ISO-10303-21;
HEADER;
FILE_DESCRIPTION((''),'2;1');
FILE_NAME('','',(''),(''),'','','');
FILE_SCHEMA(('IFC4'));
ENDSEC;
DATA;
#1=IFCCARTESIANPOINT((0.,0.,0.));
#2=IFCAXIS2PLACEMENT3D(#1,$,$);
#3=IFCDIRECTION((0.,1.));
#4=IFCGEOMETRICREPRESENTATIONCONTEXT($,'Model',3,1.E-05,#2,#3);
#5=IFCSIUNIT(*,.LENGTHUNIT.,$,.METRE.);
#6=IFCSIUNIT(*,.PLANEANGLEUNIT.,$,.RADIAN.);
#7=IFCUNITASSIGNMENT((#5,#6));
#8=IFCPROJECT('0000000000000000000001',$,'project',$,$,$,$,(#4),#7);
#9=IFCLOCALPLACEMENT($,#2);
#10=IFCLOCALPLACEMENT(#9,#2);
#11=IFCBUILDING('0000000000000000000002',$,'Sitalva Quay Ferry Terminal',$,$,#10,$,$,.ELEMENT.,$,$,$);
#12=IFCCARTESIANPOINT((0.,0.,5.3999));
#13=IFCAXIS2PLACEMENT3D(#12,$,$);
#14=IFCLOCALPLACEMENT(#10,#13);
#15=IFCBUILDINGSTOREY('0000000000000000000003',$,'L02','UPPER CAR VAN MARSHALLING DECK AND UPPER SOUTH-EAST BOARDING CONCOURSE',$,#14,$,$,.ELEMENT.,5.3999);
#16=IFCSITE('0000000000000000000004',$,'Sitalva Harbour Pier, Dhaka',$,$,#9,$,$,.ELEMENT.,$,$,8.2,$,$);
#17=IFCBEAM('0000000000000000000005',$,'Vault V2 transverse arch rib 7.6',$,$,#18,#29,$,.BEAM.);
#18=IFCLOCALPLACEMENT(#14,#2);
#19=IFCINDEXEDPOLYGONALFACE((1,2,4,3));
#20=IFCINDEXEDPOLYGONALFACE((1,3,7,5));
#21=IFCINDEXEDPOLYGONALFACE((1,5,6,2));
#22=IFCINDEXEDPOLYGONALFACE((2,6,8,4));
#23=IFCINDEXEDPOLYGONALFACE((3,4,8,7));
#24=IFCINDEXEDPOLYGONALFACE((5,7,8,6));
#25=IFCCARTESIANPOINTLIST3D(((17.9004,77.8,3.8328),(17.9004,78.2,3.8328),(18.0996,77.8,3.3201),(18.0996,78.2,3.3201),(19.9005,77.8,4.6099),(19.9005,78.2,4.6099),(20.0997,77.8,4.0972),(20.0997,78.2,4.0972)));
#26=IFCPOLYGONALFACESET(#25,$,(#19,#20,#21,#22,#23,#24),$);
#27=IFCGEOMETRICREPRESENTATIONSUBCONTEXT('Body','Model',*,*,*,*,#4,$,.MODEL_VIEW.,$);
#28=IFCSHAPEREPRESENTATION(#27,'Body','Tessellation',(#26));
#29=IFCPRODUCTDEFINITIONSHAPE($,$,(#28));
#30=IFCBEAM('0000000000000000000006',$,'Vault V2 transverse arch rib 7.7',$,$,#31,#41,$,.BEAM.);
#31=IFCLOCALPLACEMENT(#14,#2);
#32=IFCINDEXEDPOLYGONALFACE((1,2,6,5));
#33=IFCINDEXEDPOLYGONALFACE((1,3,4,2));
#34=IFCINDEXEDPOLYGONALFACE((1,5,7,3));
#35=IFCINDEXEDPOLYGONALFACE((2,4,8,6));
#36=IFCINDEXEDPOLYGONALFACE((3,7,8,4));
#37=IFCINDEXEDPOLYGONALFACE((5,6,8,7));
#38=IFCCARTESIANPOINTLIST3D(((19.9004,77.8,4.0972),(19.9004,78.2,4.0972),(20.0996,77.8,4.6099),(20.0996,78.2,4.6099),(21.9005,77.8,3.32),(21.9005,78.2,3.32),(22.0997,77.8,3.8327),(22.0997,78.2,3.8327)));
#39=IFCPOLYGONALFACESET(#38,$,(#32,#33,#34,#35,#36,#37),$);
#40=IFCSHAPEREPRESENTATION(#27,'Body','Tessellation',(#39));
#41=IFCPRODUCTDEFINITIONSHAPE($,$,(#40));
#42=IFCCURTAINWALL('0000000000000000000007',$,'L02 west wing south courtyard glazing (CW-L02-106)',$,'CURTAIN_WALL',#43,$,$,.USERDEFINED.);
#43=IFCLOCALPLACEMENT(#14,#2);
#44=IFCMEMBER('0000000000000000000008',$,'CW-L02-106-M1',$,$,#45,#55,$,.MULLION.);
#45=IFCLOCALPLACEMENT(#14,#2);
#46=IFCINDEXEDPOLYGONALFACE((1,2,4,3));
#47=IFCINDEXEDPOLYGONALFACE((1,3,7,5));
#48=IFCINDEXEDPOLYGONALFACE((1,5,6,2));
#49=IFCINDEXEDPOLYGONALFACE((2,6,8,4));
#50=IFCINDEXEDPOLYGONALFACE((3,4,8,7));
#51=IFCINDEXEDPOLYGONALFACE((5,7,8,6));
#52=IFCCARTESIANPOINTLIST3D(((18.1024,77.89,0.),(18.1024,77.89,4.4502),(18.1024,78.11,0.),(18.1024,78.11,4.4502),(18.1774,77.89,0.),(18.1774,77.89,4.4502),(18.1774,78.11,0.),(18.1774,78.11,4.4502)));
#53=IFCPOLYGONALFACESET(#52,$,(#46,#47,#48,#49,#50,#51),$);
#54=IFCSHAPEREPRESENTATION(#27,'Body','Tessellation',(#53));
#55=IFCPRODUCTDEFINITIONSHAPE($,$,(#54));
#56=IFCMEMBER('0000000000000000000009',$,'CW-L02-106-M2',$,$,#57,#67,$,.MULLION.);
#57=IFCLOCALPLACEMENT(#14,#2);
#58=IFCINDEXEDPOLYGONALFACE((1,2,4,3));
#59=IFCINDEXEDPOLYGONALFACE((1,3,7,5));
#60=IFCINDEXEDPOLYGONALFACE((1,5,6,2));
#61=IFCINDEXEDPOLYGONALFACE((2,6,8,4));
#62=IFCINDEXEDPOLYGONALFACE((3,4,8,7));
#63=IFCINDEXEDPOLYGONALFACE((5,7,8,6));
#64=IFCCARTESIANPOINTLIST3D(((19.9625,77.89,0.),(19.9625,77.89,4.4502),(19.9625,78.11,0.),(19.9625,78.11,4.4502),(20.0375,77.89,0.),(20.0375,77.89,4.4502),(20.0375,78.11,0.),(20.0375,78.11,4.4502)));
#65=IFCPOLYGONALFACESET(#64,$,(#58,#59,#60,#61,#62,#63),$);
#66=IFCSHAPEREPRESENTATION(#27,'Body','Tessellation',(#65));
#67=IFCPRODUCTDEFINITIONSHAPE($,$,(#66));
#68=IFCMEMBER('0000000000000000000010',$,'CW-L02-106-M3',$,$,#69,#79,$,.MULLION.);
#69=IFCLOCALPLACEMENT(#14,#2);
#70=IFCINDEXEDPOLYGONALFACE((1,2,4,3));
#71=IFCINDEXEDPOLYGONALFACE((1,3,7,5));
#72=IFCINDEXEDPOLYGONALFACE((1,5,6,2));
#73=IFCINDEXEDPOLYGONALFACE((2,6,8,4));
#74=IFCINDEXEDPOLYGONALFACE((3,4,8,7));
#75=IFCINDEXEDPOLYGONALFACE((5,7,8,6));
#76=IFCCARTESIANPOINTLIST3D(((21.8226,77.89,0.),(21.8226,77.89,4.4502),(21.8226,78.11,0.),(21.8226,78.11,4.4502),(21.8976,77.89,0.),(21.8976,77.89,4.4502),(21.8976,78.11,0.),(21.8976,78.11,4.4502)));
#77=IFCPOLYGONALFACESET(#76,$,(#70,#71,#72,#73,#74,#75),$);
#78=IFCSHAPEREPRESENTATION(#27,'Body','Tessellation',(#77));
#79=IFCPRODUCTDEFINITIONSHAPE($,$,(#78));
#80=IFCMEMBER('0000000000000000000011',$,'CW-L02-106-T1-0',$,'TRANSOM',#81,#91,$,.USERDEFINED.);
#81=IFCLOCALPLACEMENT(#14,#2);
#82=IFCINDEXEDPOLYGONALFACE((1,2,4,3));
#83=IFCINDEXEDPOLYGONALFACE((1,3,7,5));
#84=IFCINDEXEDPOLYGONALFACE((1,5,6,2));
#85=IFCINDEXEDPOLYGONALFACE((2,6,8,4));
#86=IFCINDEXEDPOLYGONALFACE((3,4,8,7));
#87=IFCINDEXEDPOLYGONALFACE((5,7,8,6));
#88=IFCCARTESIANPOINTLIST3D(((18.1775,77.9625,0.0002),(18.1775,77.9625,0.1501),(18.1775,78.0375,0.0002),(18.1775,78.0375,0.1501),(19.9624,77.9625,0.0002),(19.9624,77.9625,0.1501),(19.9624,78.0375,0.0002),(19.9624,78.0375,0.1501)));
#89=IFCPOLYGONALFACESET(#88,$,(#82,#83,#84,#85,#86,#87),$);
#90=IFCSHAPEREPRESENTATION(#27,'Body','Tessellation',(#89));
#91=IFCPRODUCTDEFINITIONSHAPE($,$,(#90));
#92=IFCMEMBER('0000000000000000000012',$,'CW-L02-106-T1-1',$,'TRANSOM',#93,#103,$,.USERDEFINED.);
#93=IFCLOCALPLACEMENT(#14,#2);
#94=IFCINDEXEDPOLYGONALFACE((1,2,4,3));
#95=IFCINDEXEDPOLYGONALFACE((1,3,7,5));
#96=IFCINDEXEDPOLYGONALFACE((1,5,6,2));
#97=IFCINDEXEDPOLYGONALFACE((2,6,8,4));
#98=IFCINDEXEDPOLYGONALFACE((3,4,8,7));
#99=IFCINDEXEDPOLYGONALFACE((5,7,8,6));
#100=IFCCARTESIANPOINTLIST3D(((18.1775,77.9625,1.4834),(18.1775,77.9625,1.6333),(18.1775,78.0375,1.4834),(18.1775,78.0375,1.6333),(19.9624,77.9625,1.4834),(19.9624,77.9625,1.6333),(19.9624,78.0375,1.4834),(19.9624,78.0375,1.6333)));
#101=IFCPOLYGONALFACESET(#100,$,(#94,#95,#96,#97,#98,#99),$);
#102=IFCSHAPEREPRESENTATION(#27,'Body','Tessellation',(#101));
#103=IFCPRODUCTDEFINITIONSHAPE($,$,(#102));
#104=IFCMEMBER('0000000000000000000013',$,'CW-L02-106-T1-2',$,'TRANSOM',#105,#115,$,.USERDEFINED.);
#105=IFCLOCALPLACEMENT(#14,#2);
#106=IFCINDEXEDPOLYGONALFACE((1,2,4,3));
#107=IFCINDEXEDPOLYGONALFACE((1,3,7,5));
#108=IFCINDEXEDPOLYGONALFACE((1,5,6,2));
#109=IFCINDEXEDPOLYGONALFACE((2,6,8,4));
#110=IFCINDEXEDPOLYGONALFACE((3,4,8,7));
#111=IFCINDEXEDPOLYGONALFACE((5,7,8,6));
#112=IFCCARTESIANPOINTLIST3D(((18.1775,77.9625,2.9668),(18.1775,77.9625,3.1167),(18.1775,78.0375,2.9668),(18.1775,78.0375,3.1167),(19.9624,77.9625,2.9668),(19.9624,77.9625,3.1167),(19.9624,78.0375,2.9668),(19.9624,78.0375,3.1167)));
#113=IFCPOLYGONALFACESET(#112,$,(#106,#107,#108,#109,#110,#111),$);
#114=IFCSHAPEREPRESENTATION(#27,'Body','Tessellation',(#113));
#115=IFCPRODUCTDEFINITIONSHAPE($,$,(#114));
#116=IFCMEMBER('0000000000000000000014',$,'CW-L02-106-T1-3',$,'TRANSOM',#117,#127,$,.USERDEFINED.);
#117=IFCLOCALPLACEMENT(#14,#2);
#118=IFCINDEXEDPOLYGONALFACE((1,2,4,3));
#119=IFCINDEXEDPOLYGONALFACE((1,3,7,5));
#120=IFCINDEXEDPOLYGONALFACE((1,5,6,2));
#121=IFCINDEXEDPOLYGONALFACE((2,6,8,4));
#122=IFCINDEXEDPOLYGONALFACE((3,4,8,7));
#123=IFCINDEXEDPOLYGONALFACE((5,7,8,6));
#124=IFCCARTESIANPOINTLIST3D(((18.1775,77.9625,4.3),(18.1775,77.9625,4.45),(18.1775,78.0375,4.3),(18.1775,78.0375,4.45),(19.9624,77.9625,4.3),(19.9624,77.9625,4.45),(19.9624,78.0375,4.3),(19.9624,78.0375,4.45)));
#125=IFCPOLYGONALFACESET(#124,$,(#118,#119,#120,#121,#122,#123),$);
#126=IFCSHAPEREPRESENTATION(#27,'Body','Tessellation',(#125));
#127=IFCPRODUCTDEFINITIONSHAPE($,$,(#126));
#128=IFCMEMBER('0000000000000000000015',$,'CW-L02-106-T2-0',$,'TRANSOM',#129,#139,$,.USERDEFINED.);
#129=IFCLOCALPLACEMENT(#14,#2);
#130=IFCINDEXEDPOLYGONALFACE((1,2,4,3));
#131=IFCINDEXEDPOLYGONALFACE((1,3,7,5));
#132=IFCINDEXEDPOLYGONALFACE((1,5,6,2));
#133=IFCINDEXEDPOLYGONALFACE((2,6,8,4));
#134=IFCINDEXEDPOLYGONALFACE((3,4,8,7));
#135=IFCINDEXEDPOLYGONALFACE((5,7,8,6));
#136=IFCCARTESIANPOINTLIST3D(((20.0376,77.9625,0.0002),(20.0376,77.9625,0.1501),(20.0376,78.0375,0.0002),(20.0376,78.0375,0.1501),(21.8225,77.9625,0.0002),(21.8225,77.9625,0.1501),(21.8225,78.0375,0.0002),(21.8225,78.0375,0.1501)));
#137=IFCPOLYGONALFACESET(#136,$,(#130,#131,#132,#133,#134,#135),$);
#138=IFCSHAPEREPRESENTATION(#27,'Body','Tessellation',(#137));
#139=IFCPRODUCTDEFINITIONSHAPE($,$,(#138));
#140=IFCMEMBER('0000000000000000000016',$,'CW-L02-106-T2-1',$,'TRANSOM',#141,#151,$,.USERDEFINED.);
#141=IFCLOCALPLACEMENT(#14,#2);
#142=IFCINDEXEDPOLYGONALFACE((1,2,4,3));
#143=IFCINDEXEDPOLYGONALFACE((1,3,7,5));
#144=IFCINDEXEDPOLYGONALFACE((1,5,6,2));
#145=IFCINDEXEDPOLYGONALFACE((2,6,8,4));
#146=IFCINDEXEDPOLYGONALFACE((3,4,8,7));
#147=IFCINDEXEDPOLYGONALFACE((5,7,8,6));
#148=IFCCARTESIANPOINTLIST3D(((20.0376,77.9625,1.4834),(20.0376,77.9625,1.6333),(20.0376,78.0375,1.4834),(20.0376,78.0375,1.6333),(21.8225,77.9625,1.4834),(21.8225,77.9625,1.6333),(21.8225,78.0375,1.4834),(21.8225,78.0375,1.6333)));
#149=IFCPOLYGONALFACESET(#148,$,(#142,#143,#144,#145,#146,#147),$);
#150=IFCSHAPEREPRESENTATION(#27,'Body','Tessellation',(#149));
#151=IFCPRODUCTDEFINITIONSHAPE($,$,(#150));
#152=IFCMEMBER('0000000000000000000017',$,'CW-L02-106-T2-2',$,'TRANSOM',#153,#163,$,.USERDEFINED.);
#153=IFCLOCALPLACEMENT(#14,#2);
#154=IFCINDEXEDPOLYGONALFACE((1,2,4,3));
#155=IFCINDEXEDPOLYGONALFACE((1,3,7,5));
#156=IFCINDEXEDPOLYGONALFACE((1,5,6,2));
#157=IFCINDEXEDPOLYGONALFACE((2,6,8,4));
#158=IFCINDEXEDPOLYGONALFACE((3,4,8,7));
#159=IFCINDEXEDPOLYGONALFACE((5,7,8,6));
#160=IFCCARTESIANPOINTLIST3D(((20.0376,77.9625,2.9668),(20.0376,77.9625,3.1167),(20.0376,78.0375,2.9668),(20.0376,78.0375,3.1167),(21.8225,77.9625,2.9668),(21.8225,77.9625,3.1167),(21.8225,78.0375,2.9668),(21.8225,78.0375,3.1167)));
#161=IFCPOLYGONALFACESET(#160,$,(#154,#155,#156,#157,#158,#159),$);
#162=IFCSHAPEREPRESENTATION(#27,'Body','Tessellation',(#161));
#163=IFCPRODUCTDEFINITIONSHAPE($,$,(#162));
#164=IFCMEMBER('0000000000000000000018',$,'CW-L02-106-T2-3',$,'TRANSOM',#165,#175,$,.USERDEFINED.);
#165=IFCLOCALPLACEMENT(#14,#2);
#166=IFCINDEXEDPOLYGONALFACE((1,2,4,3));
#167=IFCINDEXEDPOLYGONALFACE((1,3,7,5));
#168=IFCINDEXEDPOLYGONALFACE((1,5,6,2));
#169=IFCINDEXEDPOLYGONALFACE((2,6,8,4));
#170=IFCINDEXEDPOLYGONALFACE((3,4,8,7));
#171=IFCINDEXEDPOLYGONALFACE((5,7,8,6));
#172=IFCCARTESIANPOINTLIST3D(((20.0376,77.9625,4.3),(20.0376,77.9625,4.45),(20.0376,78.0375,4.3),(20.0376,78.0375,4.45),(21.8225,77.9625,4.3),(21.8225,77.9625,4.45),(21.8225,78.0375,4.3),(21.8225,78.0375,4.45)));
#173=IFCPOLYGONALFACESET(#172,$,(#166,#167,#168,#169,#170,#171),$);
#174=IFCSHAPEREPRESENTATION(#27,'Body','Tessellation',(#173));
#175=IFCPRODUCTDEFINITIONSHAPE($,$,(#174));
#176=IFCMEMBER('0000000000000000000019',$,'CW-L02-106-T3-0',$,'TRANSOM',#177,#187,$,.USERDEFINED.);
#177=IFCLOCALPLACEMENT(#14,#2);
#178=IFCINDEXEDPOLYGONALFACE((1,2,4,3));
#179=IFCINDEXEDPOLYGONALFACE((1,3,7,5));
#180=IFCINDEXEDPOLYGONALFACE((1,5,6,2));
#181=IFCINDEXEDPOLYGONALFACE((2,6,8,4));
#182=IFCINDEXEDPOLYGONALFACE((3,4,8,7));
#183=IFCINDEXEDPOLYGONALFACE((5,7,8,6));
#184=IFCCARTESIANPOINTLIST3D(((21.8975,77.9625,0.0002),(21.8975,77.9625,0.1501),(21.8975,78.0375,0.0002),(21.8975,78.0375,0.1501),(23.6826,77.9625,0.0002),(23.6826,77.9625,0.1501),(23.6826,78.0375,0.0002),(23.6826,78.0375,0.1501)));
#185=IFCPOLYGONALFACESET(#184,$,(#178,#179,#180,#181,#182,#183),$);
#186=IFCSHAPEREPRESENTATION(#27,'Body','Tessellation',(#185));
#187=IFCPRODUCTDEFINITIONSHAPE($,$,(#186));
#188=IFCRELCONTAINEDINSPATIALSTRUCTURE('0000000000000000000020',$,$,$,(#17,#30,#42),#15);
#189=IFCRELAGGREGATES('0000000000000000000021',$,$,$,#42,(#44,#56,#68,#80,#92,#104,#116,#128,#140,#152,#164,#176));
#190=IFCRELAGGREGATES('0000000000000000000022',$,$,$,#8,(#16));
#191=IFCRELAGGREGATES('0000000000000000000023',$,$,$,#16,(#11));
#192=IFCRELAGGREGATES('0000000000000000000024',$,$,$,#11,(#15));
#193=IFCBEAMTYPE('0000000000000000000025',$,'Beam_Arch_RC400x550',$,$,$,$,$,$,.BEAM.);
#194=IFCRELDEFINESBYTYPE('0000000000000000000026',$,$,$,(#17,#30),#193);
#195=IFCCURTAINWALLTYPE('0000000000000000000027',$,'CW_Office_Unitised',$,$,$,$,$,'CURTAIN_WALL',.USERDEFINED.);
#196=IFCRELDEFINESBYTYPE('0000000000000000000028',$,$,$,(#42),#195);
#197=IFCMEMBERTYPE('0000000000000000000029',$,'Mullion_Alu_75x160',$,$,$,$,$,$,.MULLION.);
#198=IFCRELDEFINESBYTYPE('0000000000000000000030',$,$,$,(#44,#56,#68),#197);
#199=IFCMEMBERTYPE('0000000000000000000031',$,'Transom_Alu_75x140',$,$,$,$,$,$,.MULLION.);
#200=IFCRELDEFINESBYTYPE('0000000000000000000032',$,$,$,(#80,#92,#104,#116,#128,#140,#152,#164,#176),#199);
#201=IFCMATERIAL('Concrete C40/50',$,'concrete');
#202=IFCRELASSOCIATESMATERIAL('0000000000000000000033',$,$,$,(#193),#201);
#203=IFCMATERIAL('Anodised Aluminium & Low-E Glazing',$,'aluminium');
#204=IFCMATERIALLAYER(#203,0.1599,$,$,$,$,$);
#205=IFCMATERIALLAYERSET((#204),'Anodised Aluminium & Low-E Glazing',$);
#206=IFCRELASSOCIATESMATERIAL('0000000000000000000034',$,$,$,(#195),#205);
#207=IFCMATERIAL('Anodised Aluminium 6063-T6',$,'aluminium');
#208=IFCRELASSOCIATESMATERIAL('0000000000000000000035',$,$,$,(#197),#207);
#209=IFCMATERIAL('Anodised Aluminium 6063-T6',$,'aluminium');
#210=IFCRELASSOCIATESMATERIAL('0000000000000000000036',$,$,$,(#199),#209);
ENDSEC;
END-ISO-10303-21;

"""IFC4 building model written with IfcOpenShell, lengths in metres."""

from ifc_helpers import new_model, si_unit, direction, frame, origin, origin_2d, place, context, subcontext, project, spatial, rectangle, extrude, material, layer, layer_set, material_profile, profile_set, type_object, element, aggregate, save


model = new_model("IFC4")

# Units and contexts
model_context = context("Model", 3, precision=1e-05, world=origin(), true_north=direction((0.0, 1.0)))
body_context = subcontext(model_context, "Body", "Model", "MODEL_VIEW")
ifc_project = project(units=[si_unit("LENGTHUNIT", "METRE"), si_unit("PLANEANGLEUNIT", "RADIAN")], contexts=[model_context])

# Site, building, storey
site_placement = place(None, origin())
site = spatial("IfcSite", under=ifc_project, at=site_placement, Name="Sitalva Harbour Pier, Dhaka", CompositionType="ELEMENT", RefElevation=8.2)
building_placement = place(site_placement, origin())
building = spatial("IfcBuilding", under=site, at=building_placement, Name="Sitalva Quay Ferry Terminal", CompositionType="ELEMENT")
storey_placement = place(building_placement, frame((0.0, 0.0, 5.3999)))
storey = spatial("IfcBuildingStorey", under=building, at=storey_placement, Name="L02", Description="UPPER CAR VAN MARSHALLING DECK AND UPPER SOUTH-EAST BOARDING CONCOURSE", CompositionType="ELEMENT", Elevation=5.3999)

# Beams
ifc_material_1 = material(Name="Concrete C40/50", Category="concrete")
ifc_material_profile_1 = material_profile(ifc_material_1, rectangle(XDim=0.3999, YDim=0.55, at=origin_2d()), Name="RC400x550")
ifc_profile_set_1 = profile_set([ifc_material_profile_1], Name="Concrete C40/50")
beam_type = type_object("IfcBeamType", Name="Beam_Arch_RC400x550", PredefinedType="BEAM", material=ifc_profile_set_1)
for number, where, z_axis, x_axis, name in (
    (1, (18.0, 78.0, 3.5764), (0.932111, 0.0, 0.362172), (0.0, 1.0, 0.0), "Vault V2 transverse arch rib 7.6"),
    (2, (20.0, 78.0, 4.3535), (0.932111, 0.0, -0.362172), (0.0, 1.0, 0.0), "Vault V2 transverse arch rib 7.7"),
):
    element("IfcBeam", number, at=place(storey_placement, frame(where, z_axis=z_axis, x_axis=x_axis)), inside=storey, type_object=beam_type, Name=name, PredefinedType="BEAM", context=body_context, shape_type="SweptSolid", body=[
        extrude(rectangle(XDim=0.3999, YDim=0.55, at=origin_2d()), origin(), (0.0, 0.0, 1.0), 2.1458),
    ])

# Curtain wall, members
ifc_material_2 = material(Name="Anodised Aluminium & Low-E Glazing", Category="aluminium")
ifc_layer_1 = layer(ifc_material_2, 0.1599)
ifc_layer_set_1 = layer_set([ifc_layer_1], Name="Anodised Aluminium & Low-E Glazing")
curtain_wall_type = type_object("IfcCurtainWallType", Name="CW_Office_Unitised", ElementType="CURTAIN_WALL", PredefinedType="USERDEFINED", material=ifc_layer_set_1)
curtain_wall_placement = place(storey_placement, origin())
curtain_wall = element("IfcCurtainWall", 3, at=curtain_wall_placement, inside=storey, type_object=curtain_wall_type, Name="L02 west wing south courtyard glazing (CW-L02-106)", ObjectType="CURTAIN_WALL", PredefinedType="USERDEFINED")
ifc_material_3 = material(Name="Anodised Aluminium 6063-T6", Category="aluminium")
ifc_material_profile_2 = material_profile(ifc_material_3, rectangle(XDim=0.075, YDim=0.22, at=origin_2d()), Name="ALU75x220")
ifc_profile_set_2 = profile_set([ifc_material_profile_2], Name="Anodised Aluminium 6063-T6")
member_type_1 = type_object("IfcMemberType", Name="Mullion_Alu_75x160", PredefinedType="MULLION", material=ifc_profile_set_2)
member_1_placement = place(storey_placement, frame((18.1399, 78.0, 0.0), z_axis=(0.0, 0.0, 1.0), x_axis=(1.0, 0.0, 0.0)))
member_1 = element("IfcMember", 4, at=member_1_placement, type_object=member_type_1, Name="CW-L02-106-M1", PredefinedType="MULLION", context=body_context, shape_type="SweptSolid", body=[
    extrude(rectangle(XDim=0.075, YDim=0.22, at=origin_2d()), origin(), (0.0, 0.0, 1.0), 4.4502),
])
member_2_placement = place(storey_placement, frame((20.0, 78.0, 0.0), z_axis=(0.0, 0.0, 1.0), x_axis=(1.0, 0.0, 0.0)))
member_2 = element("IfcMember", 5, at=member_2_placement, type_object=member_type_1, Name="CW-L02-106-M2", PredefinedType="MULLION", context=body_context, shape_type="SweptSolid", body=[
    extrude(rectangle(XDim=0.075, YDim=0.22, at=origin_2d()), origin(), (0.0, 0.0, 1.0), 4.4502),
])
member_3_placement = place(storey_placement, frame((21.8601, 78.0, 0.0), z_axis=(0.0, 0.0, 1.0), x_axis=(1.0, 0.0, 0.0)))
member_3 = element("IfcMember", 6, at=member_3_placement, type_object=member_type_1, Name="CW-L02-106-M3", PredefinedType="MULLION", context=body_context, shape_type="SweptSolid", body=[
    extrude(rectangle(XDim=0.075, YDim=0.22, at=origin_2d()), origin(), (0.0, 0.0, 1.0), 4.4502),
])
ifc_material_4 = material(Name="Anodised Aluminium 6063-T6", Category="aluminium")
ifc_material_profile_3 = material_profile(ifc_material_4, rectangle(XDim=0.075, YDim=0.1499, at=origin_2d()), Name="ALU75x150")
ifc_profile_set_3 = profile_set([ifc_material_profile_3], Name="Anodised Aluminium 6063-T6")
member_type_2 = type_object("IfcMemberType", Name="Transom_Alu_75x140", PredefinedType="MULLION", material=ifc_profile_set_3)
member_4_placement = place(storey_placement, frame((18.1775, 78.0, 0.0752), z_axis=(1.0, 0.0, 0.0), x_axis=(0.0, 1.0, 0.0)))
member_4 = element("IfcMember", 7, at=member_4_placement, type_object=member_type_2, Name="CW-L02-106-T1-0", ObjectType="TRANSOM", PredefinedType="USERDEFINED", context=body_context, shape_type="SweptSolid", body=[
    extrude(rectangle(XDim=0.075, YDim=0.1499, at=origin_2d()), origin(), (0.0, 0.0, 1.0), 1.7849),
])
member_5_placement = place(storey_placement, frame((18.1775, 78.0, 1.5583), z_axis=(1.0, 0.0, 0.0), x_axis=(0.0, 1.0, 0.0)))
member_5 = element("IfcMember", 8, at=member_5_placement, type_object=member_type_2, Name="CW-L02-106-T1-1", ObjectType="TRANSOM", PredefinedType="USERDEFINED", context=body_context, shape_type="SweptSolid", body=[
    extrude(rectangle(XDim=0.075, YDim=0.1499, at=origin_2d()), origin(), (0.0, 0.0, 1.0), 1.7849),
])
member_6_placement = place(storey_placement, frame((18.1775, 78.0, 3.0417), z_axis=(1.0, 0.0, 0.0), x_axis=(0.0, 1.0, 0.0)))
member_6 = element("IfcMember", 9, at=member_6_placement, type_object=member_type_2, Name="CW-L02-106-T1-2", ObjectType="TRANSOM", PredefinedType="USERDEFINED", context=body_context, shape_type="SweptSolid", body=[
    extrude(rectangle(XDim=0.075, YDim=0.1499, at=origin_2d()), origin(), (0.0, 0.0, 1.0), 1.7849),
])
member_7_placement = place(storey_placement, frame((18.1775, 78.0, 4.375), z_axis=(1.0, 0.0, 0.0), x_axis=(0.0, 1.0, 0.0)))
member_7 = element("IfcMember", 10, at=member_7_placement, type_object=member_type_2, Name="CW-L02-106-T1-3", ObjectType="TRANSOM", PredefinedType="USERDEFINED", context=body_context, shape_type="SweptSolid", body=[
    extrude(rectangle(XDim=0.075, YDim=0.1499, at=origin_2d()), origin(), (0.0, 0.0, 1.0), 1.7849),
])
member_8_placement = place(storey_placement, frame((20.0376, 78.0, 0.0752), z_axis=(1.0, 0.0, 0.0), x_axis=(0.0, 1.0, 0.0)))
member_8 = element("IfcMember", 11, at=member_8_placement, type_object=member_type_2, Name="CW-L02-106-T2-0", ObjectType="TRANSOM", PredefinedType="USERDEFINED", context=body_context, shape_type="SweptSolid", body=[
    extrude(rectangle(XDim=0.075, YDim=0.1499, at=origin_2d()), origin(), (0.0, 0.0, 1.0), 1.7849),
])
member_9_placement = place(storey_placement, frame((20.0376, 78.0, 1.5583), z_axis=(1.0, 0.0, 0.0), x_axis=(0.0, 1.0, 0.0)))
member_9 = element("IfcMember", 12, at=member_9_placement, type_object=member_type_2, Name="CW-L02-106-T2-1", ObjectType="TRANSOM", PredefinedType="USERDEFINED", context=body_context, shape_type="SweptSolid", body=[
    extrude(rectangle(XDim=0.075, YDim=0.1499, at=origin_2d()), origin(), (0.0, 0.0, 1.0), 1.7849),
])
member_10_placement = place(storey_placement, frame((20.0376, 78.0, 3.0417), z_axis=(1.0, 0.0, 0.0), x_axis=(0.0, 1.0, 0.0)))
member_10 = element("IfcMember", 13, at=member_10_placement, type_object=member_type_2, Name="CW-L02-106-T2-2", ObjectType="TRANSOM", PredefinedType="USERDEFINED", context=body_context, shape_type="SweptSolid", body=[
    extrude(rectangle(XDim=0.075, YDim=0.1499, at=origin_2d()), origin(), (0.0, 0.0, 1.0), 1.7849),
])
member_11_placement = place(storey_placement, frame((20.0376, 78.0, 4.375), z_axis=(1.0, 0.0, 0.0), x_axis=(0.0, 1.0, 0.0)))
member_11 = element("IfcMember", 14, at=member_11_placement, type_object=member_type_2, Name="CW-L02-106-T2-3", ObjectType="TRANSOM", PredefinedType="USERDEFINED", context=body_context, shape_type="SweptSolid", body=[
    extrude(rectangle(XDim=0.075, YDim=0.1499, at=origin_2d()), origin(), (0.0, 0.0, 1.0), 1.7849),
])
member_12_placement = place(storey_placement, frame((21.8975, 78.0, 0.0752), z_axis=(1.0, 0.0, 0.0), x_axis=(0.0, 1.0, 0.0)))
member_12 = element("IfcMember", 15, at=member_12_placement, type_object=member_type_2, Name="CW-L02-106-T3-0", ObjectType="TRANSOM", PredefinedType="USERDEFINED", context=body_context, shape_type="SweptSolid", body=[
    extrude(rectangle(XDim=0.075, YDim=0.1499, at=origin_2d()), origin(), (0.0, 0.0, 1.0), 1.7852),
])
aggregate(curtain_wall, [member_1, member_2, member_3, member_4, member_5, member_6, member_7, member_8, member_9, member_10, member_11, member_12])

save(model, "model.ifc")
